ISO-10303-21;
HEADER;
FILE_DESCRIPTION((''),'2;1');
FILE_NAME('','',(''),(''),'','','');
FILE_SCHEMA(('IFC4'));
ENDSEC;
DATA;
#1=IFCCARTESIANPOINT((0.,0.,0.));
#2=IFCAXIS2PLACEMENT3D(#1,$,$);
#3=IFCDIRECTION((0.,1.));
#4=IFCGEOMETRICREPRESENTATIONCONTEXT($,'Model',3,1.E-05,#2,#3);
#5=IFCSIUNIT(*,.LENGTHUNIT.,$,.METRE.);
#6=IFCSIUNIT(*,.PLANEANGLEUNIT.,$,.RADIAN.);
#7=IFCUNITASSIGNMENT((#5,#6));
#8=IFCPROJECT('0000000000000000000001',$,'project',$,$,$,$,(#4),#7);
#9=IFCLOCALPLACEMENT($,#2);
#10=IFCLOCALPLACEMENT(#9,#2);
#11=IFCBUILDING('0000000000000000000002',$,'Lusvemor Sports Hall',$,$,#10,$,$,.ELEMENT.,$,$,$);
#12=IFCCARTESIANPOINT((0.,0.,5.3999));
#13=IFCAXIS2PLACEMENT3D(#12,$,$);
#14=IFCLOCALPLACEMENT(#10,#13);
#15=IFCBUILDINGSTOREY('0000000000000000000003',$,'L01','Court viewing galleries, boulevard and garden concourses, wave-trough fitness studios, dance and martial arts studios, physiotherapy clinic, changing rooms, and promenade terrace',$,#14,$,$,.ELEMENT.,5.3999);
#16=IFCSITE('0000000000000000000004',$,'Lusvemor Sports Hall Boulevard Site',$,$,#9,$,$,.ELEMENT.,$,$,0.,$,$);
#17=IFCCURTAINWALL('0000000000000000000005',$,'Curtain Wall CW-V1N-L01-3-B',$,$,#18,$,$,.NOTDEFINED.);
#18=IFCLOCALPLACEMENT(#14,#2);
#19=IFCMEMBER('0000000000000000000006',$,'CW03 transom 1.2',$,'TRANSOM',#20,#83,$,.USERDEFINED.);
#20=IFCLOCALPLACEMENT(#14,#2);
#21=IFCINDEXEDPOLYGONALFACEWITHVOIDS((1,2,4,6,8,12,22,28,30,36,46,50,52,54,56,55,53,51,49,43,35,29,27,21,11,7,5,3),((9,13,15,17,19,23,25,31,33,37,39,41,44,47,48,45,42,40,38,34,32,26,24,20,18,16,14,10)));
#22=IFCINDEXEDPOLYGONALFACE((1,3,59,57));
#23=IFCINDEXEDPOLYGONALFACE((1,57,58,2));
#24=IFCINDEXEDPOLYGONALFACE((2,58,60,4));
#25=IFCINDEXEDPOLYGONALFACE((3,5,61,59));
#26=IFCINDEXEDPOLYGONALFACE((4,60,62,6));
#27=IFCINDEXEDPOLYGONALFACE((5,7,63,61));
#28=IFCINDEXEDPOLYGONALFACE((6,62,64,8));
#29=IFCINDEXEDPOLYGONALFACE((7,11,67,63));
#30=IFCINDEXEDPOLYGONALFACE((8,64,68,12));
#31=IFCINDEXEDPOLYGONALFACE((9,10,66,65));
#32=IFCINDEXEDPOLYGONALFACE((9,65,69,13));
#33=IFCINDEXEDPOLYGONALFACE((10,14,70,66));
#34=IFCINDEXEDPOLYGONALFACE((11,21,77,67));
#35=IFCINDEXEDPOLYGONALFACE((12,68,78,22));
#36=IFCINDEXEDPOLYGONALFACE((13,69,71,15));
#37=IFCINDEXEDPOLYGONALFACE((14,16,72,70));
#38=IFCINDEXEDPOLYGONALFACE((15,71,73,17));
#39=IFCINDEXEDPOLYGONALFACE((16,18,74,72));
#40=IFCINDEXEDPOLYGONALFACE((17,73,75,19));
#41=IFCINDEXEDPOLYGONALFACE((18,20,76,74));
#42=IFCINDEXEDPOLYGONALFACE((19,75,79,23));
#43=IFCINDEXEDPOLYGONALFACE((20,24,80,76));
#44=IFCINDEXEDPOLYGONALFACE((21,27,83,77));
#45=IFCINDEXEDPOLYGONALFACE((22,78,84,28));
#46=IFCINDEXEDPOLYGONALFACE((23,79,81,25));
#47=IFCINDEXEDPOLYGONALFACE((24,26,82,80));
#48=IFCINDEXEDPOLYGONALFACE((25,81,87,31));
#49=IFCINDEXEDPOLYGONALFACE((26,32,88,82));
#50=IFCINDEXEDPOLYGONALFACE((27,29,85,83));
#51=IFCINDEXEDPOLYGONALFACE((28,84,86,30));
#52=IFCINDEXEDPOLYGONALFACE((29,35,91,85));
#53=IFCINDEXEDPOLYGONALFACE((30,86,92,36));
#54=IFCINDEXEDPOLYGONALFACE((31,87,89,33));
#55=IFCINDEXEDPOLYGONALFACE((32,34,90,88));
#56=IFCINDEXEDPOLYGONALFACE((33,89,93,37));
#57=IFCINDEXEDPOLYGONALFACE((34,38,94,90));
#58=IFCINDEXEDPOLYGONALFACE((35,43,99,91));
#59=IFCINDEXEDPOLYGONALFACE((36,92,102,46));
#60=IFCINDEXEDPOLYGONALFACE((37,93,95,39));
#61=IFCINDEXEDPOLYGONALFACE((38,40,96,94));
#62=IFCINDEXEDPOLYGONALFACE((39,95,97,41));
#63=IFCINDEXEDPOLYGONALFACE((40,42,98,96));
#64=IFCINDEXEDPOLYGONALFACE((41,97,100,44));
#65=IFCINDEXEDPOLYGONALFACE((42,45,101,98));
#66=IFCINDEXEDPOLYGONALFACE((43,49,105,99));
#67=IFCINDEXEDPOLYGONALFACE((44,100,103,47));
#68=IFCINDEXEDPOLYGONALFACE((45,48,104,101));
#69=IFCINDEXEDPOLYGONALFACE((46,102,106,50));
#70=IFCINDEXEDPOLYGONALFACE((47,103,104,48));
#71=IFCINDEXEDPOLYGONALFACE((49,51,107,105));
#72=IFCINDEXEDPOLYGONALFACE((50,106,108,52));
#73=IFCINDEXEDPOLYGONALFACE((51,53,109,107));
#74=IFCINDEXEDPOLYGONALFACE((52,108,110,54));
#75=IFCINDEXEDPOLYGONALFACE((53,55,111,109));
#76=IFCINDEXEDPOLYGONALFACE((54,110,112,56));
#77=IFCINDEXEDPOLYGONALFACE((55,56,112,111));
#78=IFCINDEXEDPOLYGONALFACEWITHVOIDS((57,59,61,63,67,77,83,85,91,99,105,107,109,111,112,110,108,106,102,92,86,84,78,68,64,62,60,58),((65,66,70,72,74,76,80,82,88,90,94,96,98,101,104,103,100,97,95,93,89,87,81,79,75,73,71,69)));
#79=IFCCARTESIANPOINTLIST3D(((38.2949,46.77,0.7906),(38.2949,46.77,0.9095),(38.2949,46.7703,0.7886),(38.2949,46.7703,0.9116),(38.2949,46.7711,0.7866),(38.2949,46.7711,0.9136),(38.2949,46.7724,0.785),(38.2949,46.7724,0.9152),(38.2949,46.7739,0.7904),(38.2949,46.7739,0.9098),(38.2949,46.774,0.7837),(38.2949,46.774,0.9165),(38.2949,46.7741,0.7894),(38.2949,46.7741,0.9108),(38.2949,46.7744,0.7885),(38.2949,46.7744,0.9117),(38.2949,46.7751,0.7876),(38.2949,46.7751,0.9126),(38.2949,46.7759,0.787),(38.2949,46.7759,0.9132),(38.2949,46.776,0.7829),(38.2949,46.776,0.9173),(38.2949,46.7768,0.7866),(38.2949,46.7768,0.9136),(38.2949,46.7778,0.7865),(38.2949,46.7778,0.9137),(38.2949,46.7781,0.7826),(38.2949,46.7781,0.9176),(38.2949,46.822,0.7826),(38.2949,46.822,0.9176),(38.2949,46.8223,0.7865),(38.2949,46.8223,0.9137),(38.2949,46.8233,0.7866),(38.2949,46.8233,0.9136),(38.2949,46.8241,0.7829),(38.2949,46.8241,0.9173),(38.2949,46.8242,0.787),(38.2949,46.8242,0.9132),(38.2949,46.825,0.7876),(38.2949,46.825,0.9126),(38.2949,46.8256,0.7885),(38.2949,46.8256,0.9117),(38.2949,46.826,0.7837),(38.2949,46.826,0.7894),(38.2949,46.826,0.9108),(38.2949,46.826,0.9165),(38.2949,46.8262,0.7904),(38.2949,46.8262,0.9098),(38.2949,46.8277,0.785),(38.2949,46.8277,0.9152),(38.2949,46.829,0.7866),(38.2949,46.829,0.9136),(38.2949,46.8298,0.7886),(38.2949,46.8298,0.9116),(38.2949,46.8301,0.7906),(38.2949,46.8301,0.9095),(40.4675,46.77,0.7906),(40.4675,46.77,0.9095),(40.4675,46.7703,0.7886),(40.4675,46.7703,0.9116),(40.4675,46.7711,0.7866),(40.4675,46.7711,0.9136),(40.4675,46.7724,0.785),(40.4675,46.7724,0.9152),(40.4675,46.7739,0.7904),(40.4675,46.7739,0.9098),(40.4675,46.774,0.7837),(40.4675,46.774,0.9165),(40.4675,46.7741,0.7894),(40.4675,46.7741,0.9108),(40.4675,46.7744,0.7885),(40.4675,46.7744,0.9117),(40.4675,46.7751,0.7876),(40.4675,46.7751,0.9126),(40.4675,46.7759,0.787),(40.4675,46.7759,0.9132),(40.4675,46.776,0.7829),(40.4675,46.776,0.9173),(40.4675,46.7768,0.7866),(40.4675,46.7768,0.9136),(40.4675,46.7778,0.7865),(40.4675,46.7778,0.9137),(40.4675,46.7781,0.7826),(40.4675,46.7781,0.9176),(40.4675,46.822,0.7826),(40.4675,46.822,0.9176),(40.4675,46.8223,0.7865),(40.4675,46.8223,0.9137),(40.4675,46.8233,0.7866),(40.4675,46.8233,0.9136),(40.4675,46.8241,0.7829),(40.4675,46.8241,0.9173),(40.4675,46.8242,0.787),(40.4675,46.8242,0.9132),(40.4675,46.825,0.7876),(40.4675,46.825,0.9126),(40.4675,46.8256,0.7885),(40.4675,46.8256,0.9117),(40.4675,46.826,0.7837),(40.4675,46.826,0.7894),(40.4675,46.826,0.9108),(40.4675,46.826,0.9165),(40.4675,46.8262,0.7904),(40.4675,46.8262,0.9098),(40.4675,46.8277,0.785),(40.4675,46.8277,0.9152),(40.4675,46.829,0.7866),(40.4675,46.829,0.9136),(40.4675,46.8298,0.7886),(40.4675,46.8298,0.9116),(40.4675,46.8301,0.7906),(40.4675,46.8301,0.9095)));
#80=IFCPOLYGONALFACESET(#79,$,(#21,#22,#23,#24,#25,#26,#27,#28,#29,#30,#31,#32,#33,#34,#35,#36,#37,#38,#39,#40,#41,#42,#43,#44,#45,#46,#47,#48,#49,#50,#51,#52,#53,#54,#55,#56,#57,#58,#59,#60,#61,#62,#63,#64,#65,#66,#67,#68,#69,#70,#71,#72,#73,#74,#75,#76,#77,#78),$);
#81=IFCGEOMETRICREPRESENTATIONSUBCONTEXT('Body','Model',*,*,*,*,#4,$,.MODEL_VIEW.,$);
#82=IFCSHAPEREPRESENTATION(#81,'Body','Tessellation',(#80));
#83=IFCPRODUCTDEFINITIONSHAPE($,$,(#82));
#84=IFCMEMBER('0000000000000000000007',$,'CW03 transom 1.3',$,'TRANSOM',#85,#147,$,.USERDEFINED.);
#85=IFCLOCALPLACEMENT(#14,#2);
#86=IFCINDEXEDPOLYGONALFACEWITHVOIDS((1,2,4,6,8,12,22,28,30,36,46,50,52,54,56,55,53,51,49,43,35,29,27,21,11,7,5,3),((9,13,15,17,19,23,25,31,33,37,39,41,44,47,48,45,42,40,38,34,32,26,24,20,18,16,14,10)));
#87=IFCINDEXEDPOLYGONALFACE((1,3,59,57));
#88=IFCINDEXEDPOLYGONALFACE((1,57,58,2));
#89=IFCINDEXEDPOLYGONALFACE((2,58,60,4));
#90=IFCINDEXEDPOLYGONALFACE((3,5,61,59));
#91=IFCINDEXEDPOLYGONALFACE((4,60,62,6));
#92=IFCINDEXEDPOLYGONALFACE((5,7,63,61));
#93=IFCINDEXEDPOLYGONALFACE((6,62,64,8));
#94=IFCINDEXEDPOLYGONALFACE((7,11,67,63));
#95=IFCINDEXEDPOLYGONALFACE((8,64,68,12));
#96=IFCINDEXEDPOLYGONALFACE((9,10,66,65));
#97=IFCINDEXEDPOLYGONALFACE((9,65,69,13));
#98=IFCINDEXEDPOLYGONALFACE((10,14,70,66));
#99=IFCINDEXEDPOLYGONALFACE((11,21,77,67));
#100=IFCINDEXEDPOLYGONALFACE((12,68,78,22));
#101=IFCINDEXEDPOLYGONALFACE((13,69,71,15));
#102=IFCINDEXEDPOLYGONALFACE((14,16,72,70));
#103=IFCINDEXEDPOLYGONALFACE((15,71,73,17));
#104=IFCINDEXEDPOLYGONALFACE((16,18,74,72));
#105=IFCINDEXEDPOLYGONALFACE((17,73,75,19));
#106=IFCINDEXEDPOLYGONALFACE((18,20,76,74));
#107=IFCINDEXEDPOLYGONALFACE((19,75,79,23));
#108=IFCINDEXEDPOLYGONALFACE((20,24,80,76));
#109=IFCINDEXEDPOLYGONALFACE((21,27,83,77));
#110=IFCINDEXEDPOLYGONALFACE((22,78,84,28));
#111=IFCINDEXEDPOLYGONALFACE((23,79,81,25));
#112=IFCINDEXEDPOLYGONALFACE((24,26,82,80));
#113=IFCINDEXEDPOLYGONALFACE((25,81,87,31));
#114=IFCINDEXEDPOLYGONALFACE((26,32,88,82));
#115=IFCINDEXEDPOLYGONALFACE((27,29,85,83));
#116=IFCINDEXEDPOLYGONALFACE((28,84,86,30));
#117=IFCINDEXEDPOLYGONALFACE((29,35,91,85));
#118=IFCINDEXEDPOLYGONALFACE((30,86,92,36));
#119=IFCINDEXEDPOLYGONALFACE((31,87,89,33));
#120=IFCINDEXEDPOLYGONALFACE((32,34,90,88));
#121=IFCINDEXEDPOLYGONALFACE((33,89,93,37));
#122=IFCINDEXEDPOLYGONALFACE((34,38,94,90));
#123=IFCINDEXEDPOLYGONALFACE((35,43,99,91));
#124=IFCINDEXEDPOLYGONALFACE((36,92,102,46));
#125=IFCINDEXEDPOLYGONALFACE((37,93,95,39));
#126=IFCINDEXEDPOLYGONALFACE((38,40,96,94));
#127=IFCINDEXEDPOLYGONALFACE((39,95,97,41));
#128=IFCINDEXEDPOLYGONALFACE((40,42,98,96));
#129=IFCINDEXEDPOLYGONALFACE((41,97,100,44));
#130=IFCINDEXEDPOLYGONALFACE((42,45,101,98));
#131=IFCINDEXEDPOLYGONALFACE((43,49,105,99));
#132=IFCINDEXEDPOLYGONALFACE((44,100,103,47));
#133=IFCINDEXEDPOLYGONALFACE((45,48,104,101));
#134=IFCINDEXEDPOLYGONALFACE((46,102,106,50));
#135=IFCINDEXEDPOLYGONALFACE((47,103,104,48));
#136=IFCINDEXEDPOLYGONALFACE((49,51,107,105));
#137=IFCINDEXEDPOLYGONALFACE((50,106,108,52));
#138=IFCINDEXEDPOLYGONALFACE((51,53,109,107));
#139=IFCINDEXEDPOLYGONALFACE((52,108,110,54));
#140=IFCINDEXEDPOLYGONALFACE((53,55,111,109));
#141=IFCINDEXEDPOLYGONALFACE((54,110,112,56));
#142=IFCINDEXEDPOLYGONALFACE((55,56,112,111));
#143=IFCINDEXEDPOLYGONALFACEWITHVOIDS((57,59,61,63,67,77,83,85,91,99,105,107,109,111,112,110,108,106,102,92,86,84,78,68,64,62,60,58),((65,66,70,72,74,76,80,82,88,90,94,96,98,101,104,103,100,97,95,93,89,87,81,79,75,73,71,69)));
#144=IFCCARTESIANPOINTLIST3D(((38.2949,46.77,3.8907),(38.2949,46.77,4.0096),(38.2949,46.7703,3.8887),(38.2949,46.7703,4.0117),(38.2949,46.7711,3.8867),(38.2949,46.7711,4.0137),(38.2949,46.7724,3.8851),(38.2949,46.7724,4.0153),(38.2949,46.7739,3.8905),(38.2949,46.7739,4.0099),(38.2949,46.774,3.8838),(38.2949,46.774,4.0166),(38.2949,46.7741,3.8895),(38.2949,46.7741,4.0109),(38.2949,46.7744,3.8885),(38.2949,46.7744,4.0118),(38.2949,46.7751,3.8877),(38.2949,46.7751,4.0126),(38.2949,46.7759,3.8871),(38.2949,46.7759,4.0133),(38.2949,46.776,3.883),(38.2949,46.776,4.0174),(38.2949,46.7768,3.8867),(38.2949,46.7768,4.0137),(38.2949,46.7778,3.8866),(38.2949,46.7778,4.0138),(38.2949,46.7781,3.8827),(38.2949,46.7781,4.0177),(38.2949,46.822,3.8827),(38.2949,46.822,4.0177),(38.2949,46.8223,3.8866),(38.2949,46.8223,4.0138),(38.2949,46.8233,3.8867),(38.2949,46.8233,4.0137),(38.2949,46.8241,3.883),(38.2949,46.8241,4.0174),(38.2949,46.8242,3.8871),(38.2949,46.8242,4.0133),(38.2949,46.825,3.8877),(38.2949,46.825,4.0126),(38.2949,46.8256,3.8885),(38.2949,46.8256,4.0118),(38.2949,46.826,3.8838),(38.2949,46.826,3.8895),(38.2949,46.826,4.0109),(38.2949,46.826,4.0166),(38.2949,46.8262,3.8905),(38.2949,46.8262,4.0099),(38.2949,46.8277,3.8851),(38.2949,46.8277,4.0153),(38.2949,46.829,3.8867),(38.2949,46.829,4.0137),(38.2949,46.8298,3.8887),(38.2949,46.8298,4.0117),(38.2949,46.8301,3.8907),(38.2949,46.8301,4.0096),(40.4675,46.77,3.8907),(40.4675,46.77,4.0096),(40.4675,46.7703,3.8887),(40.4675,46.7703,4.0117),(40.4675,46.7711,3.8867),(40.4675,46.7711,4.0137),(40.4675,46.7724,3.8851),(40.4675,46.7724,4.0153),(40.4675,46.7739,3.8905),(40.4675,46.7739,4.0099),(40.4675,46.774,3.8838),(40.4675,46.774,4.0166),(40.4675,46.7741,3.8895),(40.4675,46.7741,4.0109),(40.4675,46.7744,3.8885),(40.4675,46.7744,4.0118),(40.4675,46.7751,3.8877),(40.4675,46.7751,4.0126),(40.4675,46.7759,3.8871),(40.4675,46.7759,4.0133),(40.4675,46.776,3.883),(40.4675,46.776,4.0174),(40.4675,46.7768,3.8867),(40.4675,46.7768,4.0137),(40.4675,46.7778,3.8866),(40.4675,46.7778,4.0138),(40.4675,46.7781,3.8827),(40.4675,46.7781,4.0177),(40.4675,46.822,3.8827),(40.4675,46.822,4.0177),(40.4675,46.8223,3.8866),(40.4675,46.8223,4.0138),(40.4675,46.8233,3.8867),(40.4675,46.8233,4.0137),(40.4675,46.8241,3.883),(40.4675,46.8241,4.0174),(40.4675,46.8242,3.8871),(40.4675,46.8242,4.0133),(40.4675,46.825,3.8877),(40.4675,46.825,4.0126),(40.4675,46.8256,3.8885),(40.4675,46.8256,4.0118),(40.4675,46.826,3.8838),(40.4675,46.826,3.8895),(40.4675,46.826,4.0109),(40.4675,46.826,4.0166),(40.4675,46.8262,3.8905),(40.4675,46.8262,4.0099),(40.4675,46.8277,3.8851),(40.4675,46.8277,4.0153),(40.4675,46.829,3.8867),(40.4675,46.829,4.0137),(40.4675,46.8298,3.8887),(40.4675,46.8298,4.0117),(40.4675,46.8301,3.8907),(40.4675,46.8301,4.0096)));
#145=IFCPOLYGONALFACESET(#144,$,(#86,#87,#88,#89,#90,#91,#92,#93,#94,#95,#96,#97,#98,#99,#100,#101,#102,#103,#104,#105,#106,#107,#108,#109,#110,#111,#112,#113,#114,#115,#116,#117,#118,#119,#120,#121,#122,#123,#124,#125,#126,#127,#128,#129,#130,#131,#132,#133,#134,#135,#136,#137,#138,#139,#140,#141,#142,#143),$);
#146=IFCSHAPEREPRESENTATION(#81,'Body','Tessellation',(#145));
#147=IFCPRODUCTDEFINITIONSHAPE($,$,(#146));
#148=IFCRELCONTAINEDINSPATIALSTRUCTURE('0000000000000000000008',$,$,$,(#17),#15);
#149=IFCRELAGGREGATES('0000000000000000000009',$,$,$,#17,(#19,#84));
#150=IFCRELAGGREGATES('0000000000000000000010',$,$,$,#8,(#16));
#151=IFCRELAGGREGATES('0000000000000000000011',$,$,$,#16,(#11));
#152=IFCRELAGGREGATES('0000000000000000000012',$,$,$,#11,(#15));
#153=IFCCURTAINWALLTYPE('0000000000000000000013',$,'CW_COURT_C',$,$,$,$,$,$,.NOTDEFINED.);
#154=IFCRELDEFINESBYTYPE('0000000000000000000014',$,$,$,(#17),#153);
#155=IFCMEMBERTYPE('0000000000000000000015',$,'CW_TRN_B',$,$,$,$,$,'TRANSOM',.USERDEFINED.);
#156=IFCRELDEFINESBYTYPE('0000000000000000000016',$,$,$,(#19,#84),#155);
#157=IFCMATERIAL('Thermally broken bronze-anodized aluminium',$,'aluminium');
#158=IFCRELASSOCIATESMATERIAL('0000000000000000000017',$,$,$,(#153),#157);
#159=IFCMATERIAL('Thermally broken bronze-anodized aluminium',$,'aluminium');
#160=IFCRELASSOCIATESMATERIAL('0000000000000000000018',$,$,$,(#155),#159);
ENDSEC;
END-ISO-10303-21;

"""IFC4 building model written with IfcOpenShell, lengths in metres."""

from ifc_helpers import new_model, si_unit, direction, frame, origin, origin_2d, place, context, subcontext, project, spatial, hollow_rectangle, extrude, material, material_profile, profile_set, type_object, element, aggregate, save


model = new_model("IFC4")

# Units and contexts
model_context = context("Model", 3, precision=1e-05, world=origin(), true_north=direction((0.0, 1.0)))
body_context = subcontext(model_context, "Body", "Model", "MODEL_VIEW")
ifc_project = project(units=[si_unit("LENGTHUNIT", "METRE"), si_unit("PLANEANGLEUNIT", "RADIAN")], contexts=[model_context])

# Site, building, storey
site_placement = place(None, origin())
site = spatial("IfcSite", under=ifc_project, at=site_placement, Name="Lusvemor Sports Hall Boulevard Site", CompositionType="ELEMENT", RefElevation=0.0)
building_placement = place(site_placement, origin())
building = spatial("IfcBuilding", under=site, at=building_placement, Name="Lusvemor Sports Hall", CompositionType="ELEMENT")
storey_placement = place(building_placement, frame((0.0, 0.0, 5.3999)))
storey = spatial("IfcBuildingStorey", under=building, at=storey_placement, Name="L01", Description="Court viewing galleries, boulevard and garden concourses, wave-trough fitness studios, dance and martial arts studios, physiotherapy clinic, changing rooms, and promenade terrace", CompositionType="ELEMENT", Elevation=5.3999)

# Shared definitions
ifc_material_1 = material(Name="Thermally broken bronze-anodized aluminium", Category="aluminium")
curtain_wall_type = type_object("IfcCurtainWallType", Name="CW_COURT_C", PredefinedType="NOTDEFINED", material=ifc_material_1)

# Curtain wall, members
curtain_wall_1_placement = place(storey_placement, origin())
curtain_wall_1 = element("IfcCurtainWall", 1, at=curtain_wall_1_placement, inside=storey, type_object=curtain_wall_type, Name="Curtain Wall CW-V1N-L01-3-B", PredefinedType="NOTDEFINED")
ifc_material_2 = material(Name="Thermally broken bronze-anodized aluminium", Category="aluminium")
ifc_material_profile_1 = material_profile(ifc_material_2, hollow_rectangle(XDim=0.0601, YDim=0.135, WallThickness=0.0039, InnerFilletRadius=0.0039, OuterFilletRadius=0.0081, at=origin_2d()), Name="CWTRN135x60x4")
ifc_profile_set_1 = profile_set([ifc_material_profile_1], Name="Thermally broken bronze-anodized aluminium")
member_type_1 = type_object("IfcMemberType", Name="CW_TRN_B", ElementType="TRANSOM", PredefinedType="USERDEFINED", material=ifc_profile_set_1)
member_1_placement = place(storey_placement, frame((38.2949, 46.8, 0.8501), z_axis=(1.0, 0.0, 0.0), x_axis=(0.0, 1.0, 0.0)))
member_1 = element("IfcMember", 2, at=member_1_placement, type_object=member_type_1, Name="CW03 transom 1.2", ObjectType="TRANSOM", PredefinedType="USERDEFINED", context=body_context, shape_type="SweptSolid", body=[
    extrude(hollow_rectangle(XDim=0.0601, YDim=0.135, WallThickness=0.0039, InnerFilletRadius=0.0039, OuterFilletRadius=0.0081, at=origin_2d()), origin(), (0.0, 0.0, 1.0), 2.1726),
])
member_2_placement = place(storey_placement, frame((38.2949, 46.8, 3.9502), z_axis=(1.0, 0.0, 0.0), x_axis=(0.0, 1.0, 0.0)))
member_2 = element("IfcMember", 3, at=member_2_placement, type_object=member_type_1, Name="CW03 transom 1.3", ObjectType="TRANSOM", PredefinedType="USERDEFINED", context=body_context, shape_type="SweptSolid", body=[
    extrude(hollow_rectangle(XDim=0.0601, YDim=0.135, WallThickness=0.0039, InnerFilletRadius=0.0039, OuterFilletRadius=0.0081, at=origin_2d()), origin(), (0.0, 0.0, 1.0), 2.1726),
])

aggregate(curtain_wall_1, [member_1, member_2])

save(model, "model.ifc")
